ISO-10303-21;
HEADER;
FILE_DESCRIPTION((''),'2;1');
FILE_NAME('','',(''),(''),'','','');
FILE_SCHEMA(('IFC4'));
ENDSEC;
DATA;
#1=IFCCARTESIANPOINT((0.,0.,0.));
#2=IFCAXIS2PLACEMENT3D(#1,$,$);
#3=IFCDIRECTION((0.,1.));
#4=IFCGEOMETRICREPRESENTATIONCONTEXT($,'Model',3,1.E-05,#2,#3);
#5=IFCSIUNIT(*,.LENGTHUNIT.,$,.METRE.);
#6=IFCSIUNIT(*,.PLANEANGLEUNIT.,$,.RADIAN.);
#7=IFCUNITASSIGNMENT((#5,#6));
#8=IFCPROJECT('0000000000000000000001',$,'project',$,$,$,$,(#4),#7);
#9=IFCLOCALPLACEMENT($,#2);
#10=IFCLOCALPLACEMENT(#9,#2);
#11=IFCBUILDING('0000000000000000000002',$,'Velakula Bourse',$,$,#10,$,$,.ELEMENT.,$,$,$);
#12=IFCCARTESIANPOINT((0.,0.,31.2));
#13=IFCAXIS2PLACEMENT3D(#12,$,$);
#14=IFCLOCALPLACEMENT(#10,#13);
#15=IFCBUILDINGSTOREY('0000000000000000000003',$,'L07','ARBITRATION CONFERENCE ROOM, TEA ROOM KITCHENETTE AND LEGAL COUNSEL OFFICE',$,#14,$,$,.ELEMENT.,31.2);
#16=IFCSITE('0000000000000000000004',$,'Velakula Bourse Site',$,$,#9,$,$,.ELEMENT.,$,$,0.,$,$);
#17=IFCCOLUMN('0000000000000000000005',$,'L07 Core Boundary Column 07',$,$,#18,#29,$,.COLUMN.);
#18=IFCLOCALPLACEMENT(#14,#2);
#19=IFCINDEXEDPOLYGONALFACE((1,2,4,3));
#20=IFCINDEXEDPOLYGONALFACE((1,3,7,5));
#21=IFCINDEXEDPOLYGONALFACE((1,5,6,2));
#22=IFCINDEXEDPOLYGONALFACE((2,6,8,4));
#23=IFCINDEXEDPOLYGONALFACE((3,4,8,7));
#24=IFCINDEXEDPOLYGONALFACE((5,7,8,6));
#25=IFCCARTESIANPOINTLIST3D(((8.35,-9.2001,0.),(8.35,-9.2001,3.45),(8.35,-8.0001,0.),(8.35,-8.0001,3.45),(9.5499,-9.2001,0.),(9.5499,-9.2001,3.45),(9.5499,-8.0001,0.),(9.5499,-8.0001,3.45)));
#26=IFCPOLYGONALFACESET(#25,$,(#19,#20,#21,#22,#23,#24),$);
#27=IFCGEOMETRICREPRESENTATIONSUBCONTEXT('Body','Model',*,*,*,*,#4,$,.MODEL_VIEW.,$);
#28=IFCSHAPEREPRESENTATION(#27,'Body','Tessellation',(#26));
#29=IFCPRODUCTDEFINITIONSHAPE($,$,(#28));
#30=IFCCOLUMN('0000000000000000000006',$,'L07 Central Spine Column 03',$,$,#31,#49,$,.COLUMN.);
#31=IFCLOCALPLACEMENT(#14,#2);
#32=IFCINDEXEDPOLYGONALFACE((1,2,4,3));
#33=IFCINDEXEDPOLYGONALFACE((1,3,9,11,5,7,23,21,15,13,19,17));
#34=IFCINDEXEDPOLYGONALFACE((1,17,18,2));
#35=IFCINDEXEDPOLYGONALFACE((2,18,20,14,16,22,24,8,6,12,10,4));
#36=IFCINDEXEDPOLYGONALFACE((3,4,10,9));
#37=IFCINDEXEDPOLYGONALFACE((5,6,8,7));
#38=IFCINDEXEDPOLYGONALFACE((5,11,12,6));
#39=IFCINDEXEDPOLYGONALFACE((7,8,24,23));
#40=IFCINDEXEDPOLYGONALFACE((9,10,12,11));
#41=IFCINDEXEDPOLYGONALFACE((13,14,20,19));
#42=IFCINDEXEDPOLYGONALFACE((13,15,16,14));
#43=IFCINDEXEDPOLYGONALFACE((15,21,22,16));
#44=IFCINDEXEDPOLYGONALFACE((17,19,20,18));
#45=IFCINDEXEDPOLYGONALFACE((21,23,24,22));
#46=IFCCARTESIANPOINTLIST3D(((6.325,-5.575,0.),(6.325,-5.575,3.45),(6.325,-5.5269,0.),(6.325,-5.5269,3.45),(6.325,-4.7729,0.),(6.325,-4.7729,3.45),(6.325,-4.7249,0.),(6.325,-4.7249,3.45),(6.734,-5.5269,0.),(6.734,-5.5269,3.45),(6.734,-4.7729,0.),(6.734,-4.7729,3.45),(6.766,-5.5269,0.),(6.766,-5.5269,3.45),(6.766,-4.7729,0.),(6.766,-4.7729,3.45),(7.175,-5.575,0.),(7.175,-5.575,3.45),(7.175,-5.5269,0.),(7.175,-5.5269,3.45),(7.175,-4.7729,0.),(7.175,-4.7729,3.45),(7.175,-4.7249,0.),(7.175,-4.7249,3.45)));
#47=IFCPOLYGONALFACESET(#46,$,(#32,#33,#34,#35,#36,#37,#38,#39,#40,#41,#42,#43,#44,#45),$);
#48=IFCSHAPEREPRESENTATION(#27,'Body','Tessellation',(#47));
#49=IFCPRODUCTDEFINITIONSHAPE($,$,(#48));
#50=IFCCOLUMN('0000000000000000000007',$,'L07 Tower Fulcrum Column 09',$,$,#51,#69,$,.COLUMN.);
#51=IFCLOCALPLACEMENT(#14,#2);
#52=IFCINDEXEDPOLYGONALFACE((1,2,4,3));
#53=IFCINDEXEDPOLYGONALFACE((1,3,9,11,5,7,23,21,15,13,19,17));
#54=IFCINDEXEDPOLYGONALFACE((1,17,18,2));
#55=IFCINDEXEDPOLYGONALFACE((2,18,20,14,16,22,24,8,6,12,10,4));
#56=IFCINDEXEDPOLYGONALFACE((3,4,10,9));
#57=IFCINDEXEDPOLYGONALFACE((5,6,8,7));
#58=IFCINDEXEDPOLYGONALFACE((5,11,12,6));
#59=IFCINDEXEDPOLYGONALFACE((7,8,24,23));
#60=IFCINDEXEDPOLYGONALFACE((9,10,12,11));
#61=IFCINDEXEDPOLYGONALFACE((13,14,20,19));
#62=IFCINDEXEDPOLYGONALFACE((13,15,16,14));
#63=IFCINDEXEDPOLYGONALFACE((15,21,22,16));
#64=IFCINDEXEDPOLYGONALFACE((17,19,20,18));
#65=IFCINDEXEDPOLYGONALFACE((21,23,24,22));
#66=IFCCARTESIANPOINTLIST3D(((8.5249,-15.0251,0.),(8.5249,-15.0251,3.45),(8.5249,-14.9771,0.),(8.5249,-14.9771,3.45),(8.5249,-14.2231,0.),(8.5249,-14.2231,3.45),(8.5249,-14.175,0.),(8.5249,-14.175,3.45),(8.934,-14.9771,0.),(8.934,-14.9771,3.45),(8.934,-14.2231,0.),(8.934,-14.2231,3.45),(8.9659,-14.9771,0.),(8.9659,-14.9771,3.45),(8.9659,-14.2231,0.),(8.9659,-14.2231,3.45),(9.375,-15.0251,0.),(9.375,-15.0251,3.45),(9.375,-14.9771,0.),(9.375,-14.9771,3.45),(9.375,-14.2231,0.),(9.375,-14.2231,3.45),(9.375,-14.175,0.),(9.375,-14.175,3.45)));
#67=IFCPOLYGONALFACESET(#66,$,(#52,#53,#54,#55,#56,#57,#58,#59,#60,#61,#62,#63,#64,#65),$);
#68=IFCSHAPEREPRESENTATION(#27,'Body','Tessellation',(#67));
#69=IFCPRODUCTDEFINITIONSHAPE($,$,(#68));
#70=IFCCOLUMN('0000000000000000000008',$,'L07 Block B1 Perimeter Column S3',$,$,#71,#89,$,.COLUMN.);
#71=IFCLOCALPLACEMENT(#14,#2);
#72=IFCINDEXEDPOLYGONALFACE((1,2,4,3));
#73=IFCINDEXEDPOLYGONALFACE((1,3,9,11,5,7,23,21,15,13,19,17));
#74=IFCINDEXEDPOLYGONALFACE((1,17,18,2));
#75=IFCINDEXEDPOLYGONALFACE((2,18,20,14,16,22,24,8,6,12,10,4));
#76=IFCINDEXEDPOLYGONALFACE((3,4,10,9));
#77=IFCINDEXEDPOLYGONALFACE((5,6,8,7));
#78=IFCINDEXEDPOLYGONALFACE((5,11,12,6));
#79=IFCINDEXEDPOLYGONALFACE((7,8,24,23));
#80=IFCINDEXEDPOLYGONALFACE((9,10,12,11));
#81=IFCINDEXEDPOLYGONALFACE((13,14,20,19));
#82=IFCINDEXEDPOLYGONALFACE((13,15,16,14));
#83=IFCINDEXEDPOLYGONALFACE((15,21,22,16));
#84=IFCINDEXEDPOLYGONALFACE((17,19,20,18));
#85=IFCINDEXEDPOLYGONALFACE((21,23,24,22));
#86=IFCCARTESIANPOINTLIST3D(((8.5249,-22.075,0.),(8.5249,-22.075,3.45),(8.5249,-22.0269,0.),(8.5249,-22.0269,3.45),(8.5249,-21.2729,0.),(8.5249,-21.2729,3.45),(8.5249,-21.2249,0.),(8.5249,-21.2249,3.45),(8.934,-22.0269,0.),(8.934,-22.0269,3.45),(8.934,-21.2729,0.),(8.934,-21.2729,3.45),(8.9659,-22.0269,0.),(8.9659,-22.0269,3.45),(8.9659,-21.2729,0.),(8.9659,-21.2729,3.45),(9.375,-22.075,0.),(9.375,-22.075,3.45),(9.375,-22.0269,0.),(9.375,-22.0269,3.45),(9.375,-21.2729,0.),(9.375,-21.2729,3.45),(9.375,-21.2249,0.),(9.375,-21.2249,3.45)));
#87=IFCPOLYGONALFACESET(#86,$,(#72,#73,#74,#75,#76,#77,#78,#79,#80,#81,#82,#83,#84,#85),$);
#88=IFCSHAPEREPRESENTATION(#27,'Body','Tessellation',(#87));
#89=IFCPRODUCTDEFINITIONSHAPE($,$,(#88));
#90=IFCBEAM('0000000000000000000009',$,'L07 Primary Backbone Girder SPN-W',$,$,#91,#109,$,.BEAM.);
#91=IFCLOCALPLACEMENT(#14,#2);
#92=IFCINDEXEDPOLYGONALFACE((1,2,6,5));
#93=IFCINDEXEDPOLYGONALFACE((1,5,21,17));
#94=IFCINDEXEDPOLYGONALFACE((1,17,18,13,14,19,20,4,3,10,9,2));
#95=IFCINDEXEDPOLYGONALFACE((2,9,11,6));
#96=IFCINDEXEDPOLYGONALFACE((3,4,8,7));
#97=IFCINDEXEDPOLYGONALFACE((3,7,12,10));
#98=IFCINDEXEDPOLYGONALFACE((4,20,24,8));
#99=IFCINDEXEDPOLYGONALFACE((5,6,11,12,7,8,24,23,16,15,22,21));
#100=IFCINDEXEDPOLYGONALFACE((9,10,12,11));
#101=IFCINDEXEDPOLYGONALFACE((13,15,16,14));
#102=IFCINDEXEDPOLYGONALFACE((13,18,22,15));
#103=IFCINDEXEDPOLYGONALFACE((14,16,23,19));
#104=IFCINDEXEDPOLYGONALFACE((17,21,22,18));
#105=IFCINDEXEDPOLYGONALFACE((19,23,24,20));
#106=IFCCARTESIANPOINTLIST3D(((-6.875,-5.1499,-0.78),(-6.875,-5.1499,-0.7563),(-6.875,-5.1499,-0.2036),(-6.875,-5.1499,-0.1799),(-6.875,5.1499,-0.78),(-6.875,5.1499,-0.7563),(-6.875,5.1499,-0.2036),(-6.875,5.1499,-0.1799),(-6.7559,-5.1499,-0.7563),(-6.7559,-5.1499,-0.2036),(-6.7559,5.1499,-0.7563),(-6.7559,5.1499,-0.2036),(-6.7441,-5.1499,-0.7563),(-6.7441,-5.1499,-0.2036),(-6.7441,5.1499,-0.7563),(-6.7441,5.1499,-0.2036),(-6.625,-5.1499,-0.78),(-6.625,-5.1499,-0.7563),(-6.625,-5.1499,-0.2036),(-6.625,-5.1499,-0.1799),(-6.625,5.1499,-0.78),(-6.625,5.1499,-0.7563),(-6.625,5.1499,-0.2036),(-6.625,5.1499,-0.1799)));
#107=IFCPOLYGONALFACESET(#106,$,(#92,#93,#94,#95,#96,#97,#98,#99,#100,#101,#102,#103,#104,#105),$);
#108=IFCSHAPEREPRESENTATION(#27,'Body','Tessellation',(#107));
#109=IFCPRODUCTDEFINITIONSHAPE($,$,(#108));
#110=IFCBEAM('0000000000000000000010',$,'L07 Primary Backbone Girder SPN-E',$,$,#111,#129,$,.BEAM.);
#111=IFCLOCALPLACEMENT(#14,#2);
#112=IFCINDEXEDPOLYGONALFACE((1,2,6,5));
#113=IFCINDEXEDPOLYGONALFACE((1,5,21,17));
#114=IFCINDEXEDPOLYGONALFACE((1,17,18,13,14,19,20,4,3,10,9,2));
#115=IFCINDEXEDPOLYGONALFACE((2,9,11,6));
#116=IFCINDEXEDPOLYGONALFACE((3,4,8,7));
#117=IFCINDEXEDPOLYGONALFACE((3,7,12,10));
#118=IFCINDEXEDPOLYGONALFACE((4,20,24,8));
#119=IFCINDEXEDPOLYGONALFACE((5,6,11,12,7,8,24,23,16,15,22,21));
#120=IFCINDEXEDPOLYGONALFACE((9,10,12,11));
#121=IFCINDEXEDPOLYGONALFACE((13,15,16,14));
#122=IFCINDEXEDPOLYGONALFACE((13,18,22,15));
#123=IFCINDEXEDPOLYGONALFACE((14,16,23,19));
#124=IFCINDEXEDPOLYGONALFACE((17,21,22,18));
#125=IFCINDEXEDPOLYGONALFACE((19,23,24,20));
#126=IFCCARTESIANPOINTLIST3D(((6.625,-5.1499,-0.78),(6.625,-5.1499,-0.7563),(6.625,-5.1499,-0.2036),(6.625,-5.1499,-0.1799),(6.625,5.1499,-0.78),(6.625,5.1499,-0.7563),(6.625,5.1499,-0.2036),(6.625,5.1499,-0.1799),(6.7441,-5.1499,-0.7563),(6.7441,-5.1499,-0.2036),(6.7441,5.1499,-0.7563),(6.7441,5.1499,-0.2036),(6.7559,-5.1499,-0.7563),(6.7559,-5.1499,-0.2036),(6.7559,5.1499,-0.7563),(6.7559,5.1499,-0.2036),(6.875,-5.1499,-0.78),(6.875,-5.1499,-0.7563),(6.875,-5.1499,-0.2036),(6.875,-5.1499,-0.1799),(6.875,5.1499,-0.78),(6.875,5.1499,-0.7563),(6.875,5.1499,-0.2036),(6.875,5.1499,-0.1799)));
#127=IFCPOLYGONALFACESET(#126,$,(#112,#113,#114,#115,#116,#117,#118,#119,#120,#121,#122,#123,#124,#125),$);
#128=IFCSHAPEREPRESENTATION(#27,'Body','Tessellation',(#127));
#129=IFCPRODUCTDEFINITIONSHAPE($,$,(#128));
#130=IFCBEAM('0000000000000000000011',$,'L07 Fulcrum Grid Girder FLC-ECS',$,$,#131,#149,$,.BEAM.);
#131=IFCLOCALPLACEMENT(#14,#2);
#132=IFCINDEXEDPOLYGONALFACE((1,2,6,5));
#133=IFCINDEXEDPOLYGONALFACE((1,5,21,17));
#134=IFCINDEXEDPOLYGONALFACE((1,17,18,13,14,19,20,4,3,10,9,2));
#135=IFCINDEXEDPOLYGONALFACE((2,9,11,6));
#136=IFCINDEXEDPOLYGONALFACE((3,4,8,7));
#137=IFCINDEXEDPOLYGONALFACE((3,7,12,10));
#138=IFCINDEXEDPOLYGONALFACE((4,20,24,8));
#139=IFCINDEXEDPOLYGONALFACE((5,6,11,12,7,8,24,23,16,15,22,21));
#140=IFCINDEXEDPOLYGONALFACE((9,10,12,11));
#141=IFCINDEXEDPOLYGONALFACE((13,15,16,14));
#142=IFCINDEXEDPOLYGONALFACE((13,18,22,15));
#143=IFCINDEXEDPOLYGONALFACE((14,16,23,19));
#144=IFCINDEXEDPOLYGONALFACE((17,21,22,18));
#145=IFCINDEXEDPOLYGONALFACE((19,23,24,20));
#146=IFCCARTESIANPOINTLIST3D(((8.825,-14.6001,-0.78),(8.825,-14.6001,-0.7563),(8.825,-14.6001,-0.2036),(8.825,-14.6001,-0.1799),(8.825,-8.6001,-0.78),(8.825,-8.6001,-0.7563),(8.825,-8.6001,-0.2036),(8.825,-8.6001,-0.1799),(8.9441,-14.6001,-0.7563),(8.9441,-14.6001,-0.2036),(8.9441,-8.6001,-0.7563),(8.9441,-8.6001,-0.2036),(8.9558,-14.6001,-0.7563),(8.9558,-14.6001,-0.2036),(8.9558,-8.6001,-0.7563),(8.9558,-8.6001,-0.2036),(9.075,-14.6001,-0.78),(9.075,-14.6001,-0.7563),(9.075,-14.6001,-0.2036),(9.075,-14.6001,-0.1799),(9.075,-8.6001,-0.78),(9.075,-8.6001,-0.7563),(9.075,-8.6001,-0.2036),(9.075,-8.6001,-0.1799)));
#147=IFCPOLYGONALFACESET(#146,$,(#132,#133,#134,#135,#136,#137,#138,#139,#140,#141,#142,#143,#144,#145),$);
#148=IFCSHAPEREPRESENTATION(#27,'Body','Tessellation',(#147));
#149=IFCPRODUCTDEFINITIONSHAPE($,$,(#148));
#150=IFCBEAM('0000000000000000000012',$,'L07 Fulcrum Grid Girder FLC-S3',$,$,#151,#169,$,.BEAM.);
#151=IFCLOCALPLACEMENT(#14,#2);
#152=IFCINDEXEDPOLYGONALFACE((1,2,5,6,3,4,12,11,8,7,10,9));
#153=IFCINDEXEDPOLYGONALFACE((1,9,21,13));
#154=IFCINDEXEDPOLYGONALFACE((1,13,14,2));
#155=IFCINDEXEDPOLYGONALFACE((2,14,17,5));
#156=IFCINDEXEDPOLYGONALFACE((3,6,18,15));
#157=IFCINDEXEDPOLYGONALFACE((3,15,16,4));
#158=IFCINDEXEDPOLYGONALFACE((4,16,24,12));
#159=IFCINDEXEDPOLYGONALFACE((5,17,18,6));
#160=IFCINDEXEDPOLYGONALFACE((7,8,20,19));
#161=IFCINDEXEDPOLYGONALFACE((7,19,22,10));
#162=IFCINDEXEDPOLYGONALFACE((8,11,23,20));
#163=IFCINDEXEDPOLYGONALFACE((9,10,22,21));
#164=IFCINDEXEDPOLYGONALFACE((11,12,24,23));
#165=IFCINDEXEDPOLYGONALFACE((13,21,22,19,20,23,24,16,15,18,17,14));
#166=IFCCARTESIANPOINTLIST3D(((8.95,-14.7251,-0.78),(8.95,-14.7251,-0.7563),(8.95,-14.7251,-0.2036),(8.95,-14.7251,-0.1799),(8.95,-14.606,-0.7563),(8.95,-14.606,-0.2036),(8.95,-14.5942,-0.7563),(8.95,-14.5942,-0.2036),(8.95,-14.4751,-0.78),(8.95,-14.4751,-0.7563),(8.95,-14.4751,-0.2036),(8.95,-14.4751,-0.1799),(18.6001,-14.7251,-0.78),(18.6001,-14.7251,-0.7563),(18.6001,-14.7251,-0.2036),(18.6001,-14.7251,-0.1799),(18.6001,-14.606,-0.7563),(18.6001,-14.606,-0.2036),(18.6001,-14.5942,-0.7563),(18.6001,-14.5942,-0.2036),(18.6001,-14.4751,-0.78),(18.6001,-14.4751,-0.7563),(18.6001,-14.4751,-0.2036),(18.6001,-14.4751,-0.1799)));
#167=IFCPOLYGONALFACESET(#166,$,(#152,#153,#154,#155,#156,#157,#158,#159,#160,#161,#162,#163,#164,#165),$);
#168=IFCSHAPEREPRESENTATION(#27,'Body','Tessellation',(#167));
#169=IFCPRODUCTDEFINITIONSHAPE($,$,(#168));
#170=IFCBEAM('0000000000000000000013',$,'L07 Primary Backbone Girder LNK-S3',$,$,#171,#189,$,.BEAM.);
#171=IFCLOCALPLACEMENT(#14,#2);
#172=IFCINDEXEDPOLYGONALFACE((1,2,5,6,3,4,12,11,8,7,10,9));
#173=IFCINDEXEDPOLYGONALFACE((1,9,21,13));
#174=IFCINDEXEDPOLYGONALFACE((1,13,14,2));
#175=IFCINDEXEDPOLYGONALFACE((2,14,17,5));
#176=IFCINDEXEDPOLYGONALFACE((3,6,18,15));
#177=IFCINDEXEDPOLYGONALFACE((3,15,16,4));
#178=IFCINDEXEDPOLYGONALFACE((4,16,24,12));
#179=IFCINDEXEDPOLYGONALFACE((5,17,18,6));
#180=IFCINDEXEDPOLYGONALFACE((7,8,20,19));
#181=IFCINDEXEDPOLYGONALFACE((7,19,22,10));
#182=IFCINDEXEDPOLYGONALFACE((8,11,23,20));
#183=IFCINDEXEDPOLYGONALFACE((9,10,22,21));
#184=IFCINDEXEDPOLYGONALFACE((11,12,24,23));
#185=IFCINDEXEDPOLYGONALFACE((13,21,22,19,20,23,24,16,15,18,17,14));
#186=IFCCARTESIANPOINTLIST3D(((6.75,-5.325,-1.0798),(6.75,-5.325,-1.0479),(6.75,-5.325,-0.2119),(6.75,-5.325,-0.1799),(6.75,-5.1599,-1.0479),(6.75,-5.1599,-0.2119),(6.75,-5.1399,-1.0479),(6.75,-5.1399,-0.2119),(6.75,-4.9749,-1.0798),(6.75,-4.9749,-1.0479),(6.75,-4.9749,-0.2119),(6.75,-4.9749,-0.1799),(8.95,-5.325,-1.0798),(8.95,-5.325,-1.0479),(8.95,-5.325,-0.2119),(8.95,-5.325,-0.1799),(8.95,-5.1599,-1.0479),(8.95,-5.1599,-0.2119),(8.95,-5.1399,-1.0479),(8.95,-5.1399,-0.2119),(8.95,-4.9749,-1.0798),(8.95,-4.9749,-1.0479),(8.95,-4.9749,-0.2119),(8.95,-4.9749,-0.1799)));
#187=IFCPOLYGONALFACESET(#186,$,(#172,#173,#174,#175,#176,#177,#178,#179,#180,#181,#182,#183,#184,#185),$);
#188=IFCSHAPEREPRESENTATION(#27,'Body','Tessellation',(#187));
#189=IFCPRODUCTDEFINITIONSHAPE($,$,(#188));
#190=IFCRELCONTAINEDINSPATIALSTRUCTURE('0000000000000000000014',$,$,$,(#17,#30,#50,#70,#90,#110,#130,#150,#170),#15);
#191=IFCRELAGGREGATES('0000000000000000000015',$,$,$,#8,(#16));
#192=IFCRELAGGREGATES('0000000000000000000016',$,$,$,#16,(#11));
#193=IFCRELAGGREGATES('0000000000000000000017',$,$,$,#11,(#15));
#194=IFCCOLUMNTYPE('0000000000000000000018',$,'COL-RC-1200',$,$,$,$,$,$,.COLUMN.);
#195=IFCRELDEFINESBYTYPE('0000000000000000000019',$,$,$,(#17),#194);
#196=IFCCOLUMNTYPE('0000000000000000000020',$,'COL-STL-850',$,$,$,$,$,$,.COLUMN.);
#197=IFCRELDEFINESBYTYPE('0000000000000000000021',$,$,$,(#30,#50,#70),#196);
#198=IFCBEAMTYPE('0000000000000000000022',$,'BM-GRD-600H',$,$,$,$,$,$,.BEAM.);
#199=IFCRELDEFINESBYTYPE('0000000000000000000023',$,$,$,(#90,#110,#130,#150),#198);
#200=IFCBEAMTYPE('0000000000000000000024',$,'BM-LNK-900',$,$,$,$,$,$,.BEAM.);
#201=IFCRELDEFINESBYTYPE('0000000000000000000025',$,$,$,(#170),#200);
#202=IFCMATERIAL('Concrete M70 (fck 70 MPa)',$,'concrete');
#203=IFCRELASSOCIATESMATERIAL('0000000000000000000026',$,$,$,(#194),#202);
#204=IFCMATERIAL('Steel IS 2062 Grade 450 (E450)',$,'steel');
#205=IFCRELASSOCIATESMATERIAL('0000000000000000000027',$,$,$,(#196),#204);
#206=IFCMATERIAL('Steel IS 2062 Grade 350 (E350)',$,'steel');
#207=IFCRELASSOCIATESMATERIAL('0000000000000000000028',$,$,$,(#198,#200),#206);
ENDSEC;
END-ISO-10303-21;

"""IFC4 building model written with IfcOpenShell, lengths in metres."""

from ifc_helpers import new_model, si_unit, direction, frame, origin, origin_2d, place, context, subcontext, project, spatial, rectangle, i_section, extrude, material, material_profile, profile_set, type_object, element, save


model = new_model("IFC4")

# Units and contexts
model_context = context("Model", 3, precision=1e-05, world=origin(), true_north=direction((0.0, 1.0)))
body_context = subcontext(model_context, "Body", "Model", "MODEL_VIEW")
ifc_project = project(units=[si_unit("LENGTHUNIT", "METRE"), si_unit("PLANEANGLEUNIT", "RADIAN")], contexts=[model_context])

# Site, building, storey
site_placement = place(None, origin())
site = spatial("IfcSite", under=ifc_project, at=site_placement, Name="Velakula Bourse Site", CompositionType="ELEMENT", RefElevation=0.0)
building_placement = place(site_placement, origin())
building = spatial("IfcBuilding", under=site, at=building_placement, Name="Velakula Bourse", CompositionType="ELEMENT")
storey_placement = place(building_placement, frame((0.0, 0.0, 31.2)))
storey = spatial("IfcBuildingStorey", under=building, at=storey_placement, Name="L07", Description="ARBITRATION CONFERENCE ROOM, TEA ROOM KITCHENETTE AND LEGAL COUNSEL OFFICE", CompositionType="ELEMENT", Elevation=31.2)

# Columns
ifc_material_1 = material(Name="Concrete M70 (fck 70 MPa)", Category="concrete")
ifc_material_profile_1 = material_profile(ifc_material_1, rectangle(XDim=1.2, YDim=1.2, at=origin_2d()), Name="Concrete M70 (fck 70 MPa)")
ifc_profile_set_1 = profile_set([ifc_material_profile_1], Name="Concrete M70 (fck 70 MPa)")
column_type_1 = type_object("IfcColumnType", Name="COL-RC-1200", PredefinedType="COLUMN", material=ifc_profile_set_1)
column_placement = place(storey_placement, frame((8.95, -8.6001, 0.0), z_axis=(0.0, 0.0, 1.0), x_axis=(1.0, 0.0, 0.0)))
element("IfcColumn", 1, at=column_placement, inside=storey, type_object=column_type_1, Name="L07 Core Boundary Column 07", PredefinedType="COLUMN", context=body_context, shape_type="SweptSolid", body=[
    extrude(rectangle(XDim=1.2, YDim=1.2, at=origin_2d()), origin(), (0.0, 0.0, 1.0), 3.45),
])
ifc_material_2 = material(Name="Steel IS 2062 Grade 450 (E450)", Category="steel")
ifc_material_profile_2 = material_profile(ifc_material_2, i_section(OverallWidth=0.8501, OverallDepth=0.8501, WebThickness=0.032, FlangeThickness=0.0481, at=origin_2d()), Name="Steel IS 2062 Grade 450 (E450)")
ifc_profile_set_2 = profile_set([ifc_material_profile_2], Name="Steel IS 2062 Grade 450 (E450)")
column_type_2 = type_object("IfcColumnType", Name="COL-STL-850", PredefinedType="COLUMN", material=ifc_profile_set_2)
for number, where, z_axis, x_axis, name in (
    (2, (6.75, -5.1499, 0.0), (0.0, 0.0, 1.0), (1.0, 0.0, 0.0), "L07 Central Spine Column 03"),
    (3, (8.95, -14.6001, 0.0), (0.0, 0.0, 1.0), (1.0, 0.0, 0.0), "L07 Tower Fulcrum Column 09"),
    (4, (8.95, -21.6499, 0.0), (0.0, 0.0, 1.0), (1.0, 0.0, 0.0), "L07 Block B1 Perimeter Column S3"),
):
    element("IfcColumn", number, at=place(storey_placement, frame(where, z_axis=z_axis, x_axis=x_axis)), inside=storey, type_object=column_type_2, Name=name, PredefinedType="COLUMN", context=body_context, shape_type="SweptSolid", body=[
        extrude(i_section(OverallWidth=0.8501, OverallDepth=0.8501, WebThickness=0.032, FlangeThickness=0.0481, at=origin_2d()), origin(), (0.0, 0.0, 1.0), 3.45),
    ])

# Beams
ifc_material_3 = material(Name="Steel IS 2062 Grade 350 (E350)", Category="steel")
ifc_material_profile_3 = material_profile(ifc_material_3, i_section(OverallWidth=0.25, OverallDepth=0.6001, WebThickness=0.0117, FlangeThickness=0.0237, at=origin_2d()), Name="Steel IS 2062 Grade 350 (E350)")
ifc_profile_set_3 = profile_set([ifc_material_profile_3], Name="Steel IS 2062 Grade 350 (E350)")
beam_type_1 = type_object("IfcBeamType", Name="BM-GRD-600H", PredefinedType="BEAM", material=ifc_profile_set_3)
for number, where, z_axis, x_axis, name in (
    (5, (-6.75, -5.1499, -0.48), (0.0, 1.0, 0.0), (-1.0, 0.0, 0.0), "L07 Primary Backbone Girder SPN-W"),
    (6, (6.75, -5.1499, -0.48), (0.0, 1.0, 0.0), (-1.0, 0.0, 0.0), "L07 Primary Backbone Girder SPN-E"),
):
    element("IfcBeam", number, at=place(storey_placement, frame(where, z_axis=z_axis, x_axis=x_axis)), inside=storey, type_object=beam_type_1, Name=name, PredefinedType="BEAM", context=body_context, shape_type="SweptSolid", body=[
        extrude(i_section(OverallWidth=0.25, OverallDepth=0.6001, WebThickness=0.0117, FlangeThickness=0.0237, at=origin_2d()), origin(), (0.0, 0.0, 1.0), 10.2998),
    ])
beam_1_placement = place(storey_placement, frame((8.95, -14.6001, -0.48), z_axis=(0.0, 1.0, 0.0), x_axis=(-1.0, 0.0, 0.0)))
element("IfcBeam", 7, at=beam_1_placement, inside=storey, type_object=beam_type_1, Name="L07 Fulcrum Grid Girder FLC-ECS", PredefinedType="BEAM", context=body_context, shape_type="SweptSolid", body=[
    extrude(i_section(OverallWidth=0.25, OverallDepth=0.6001, WebThickness=0.0117, FlangeThickness=0.0237, at=origin_2d()), origin(), (0.0, 0.0, 1.0), 6.0),
])
beam_2_placement = place(storey_placement, frame((8.95, -14.6001, -0.48), z_axis=(1.0, 0.0, 0.0), x_axis=(0.0, 1.0, 0.0)))
element("IfcBeam", 8, at=beam_2_placement, inside=storey, type_object=beam_type_1, Name="L07 Fulcrum Grid Girder FLC-S3", PredefinedType="BEAM", context=body_context, shape_type="SweptSolid", body=[
    extrude(i_section(OverallWidth=0.25, OverallDepth=0.6001, WebThickness=0.0117, FlangeThickness=0.0237, at=origin_2d()), origin(), (0.0, 0.0, 1.0), 9.6501),
])
ifc_material_profile_4 = material_profile(ifc_material_3, i_section(OverallWidth=0.3501, OverallDepth=0.8999, WebThickness=0.02, FlangeThickness=0.032, at=origin_2d()), Name="Steel IS 2062 Grade 350 (E350)")
ifc_profile_set_4 = profile_set([ifc_material_profile_4], Name="Steel IS 2062 Grade 350 (E350)")
beam_type_2 = type_object("IfcBeamType", Name="BM-LNK-900", PredefinedType="BEAM", material=ifc_profile_set_4)
beam_3_placement = place(storey_placement, frame((6.75, -5.1499, -0.6299), z_axis=(1.0, 0.0, 0.0), x_axis=(0.0, 1.0, 0.0)))
element("IfcBeam", 9, at=beam_3_placement, inside=storey, type_object=beam_type_2, Name="L07 Primary Backbone Girder LNK-S3", PredefinedType="BEAM", context=body_context, shape_type="SweptSolid", body=[
    extrude(i_section(OverallWidth=0.3501, OverallDepth=0.8999, WebThickness=0.02, FlangeThickness=0.032, at=origin_2d()), origin(), (0.0, 0.0, 1.0), 2.2),
])

save(model, "model.ifc")
